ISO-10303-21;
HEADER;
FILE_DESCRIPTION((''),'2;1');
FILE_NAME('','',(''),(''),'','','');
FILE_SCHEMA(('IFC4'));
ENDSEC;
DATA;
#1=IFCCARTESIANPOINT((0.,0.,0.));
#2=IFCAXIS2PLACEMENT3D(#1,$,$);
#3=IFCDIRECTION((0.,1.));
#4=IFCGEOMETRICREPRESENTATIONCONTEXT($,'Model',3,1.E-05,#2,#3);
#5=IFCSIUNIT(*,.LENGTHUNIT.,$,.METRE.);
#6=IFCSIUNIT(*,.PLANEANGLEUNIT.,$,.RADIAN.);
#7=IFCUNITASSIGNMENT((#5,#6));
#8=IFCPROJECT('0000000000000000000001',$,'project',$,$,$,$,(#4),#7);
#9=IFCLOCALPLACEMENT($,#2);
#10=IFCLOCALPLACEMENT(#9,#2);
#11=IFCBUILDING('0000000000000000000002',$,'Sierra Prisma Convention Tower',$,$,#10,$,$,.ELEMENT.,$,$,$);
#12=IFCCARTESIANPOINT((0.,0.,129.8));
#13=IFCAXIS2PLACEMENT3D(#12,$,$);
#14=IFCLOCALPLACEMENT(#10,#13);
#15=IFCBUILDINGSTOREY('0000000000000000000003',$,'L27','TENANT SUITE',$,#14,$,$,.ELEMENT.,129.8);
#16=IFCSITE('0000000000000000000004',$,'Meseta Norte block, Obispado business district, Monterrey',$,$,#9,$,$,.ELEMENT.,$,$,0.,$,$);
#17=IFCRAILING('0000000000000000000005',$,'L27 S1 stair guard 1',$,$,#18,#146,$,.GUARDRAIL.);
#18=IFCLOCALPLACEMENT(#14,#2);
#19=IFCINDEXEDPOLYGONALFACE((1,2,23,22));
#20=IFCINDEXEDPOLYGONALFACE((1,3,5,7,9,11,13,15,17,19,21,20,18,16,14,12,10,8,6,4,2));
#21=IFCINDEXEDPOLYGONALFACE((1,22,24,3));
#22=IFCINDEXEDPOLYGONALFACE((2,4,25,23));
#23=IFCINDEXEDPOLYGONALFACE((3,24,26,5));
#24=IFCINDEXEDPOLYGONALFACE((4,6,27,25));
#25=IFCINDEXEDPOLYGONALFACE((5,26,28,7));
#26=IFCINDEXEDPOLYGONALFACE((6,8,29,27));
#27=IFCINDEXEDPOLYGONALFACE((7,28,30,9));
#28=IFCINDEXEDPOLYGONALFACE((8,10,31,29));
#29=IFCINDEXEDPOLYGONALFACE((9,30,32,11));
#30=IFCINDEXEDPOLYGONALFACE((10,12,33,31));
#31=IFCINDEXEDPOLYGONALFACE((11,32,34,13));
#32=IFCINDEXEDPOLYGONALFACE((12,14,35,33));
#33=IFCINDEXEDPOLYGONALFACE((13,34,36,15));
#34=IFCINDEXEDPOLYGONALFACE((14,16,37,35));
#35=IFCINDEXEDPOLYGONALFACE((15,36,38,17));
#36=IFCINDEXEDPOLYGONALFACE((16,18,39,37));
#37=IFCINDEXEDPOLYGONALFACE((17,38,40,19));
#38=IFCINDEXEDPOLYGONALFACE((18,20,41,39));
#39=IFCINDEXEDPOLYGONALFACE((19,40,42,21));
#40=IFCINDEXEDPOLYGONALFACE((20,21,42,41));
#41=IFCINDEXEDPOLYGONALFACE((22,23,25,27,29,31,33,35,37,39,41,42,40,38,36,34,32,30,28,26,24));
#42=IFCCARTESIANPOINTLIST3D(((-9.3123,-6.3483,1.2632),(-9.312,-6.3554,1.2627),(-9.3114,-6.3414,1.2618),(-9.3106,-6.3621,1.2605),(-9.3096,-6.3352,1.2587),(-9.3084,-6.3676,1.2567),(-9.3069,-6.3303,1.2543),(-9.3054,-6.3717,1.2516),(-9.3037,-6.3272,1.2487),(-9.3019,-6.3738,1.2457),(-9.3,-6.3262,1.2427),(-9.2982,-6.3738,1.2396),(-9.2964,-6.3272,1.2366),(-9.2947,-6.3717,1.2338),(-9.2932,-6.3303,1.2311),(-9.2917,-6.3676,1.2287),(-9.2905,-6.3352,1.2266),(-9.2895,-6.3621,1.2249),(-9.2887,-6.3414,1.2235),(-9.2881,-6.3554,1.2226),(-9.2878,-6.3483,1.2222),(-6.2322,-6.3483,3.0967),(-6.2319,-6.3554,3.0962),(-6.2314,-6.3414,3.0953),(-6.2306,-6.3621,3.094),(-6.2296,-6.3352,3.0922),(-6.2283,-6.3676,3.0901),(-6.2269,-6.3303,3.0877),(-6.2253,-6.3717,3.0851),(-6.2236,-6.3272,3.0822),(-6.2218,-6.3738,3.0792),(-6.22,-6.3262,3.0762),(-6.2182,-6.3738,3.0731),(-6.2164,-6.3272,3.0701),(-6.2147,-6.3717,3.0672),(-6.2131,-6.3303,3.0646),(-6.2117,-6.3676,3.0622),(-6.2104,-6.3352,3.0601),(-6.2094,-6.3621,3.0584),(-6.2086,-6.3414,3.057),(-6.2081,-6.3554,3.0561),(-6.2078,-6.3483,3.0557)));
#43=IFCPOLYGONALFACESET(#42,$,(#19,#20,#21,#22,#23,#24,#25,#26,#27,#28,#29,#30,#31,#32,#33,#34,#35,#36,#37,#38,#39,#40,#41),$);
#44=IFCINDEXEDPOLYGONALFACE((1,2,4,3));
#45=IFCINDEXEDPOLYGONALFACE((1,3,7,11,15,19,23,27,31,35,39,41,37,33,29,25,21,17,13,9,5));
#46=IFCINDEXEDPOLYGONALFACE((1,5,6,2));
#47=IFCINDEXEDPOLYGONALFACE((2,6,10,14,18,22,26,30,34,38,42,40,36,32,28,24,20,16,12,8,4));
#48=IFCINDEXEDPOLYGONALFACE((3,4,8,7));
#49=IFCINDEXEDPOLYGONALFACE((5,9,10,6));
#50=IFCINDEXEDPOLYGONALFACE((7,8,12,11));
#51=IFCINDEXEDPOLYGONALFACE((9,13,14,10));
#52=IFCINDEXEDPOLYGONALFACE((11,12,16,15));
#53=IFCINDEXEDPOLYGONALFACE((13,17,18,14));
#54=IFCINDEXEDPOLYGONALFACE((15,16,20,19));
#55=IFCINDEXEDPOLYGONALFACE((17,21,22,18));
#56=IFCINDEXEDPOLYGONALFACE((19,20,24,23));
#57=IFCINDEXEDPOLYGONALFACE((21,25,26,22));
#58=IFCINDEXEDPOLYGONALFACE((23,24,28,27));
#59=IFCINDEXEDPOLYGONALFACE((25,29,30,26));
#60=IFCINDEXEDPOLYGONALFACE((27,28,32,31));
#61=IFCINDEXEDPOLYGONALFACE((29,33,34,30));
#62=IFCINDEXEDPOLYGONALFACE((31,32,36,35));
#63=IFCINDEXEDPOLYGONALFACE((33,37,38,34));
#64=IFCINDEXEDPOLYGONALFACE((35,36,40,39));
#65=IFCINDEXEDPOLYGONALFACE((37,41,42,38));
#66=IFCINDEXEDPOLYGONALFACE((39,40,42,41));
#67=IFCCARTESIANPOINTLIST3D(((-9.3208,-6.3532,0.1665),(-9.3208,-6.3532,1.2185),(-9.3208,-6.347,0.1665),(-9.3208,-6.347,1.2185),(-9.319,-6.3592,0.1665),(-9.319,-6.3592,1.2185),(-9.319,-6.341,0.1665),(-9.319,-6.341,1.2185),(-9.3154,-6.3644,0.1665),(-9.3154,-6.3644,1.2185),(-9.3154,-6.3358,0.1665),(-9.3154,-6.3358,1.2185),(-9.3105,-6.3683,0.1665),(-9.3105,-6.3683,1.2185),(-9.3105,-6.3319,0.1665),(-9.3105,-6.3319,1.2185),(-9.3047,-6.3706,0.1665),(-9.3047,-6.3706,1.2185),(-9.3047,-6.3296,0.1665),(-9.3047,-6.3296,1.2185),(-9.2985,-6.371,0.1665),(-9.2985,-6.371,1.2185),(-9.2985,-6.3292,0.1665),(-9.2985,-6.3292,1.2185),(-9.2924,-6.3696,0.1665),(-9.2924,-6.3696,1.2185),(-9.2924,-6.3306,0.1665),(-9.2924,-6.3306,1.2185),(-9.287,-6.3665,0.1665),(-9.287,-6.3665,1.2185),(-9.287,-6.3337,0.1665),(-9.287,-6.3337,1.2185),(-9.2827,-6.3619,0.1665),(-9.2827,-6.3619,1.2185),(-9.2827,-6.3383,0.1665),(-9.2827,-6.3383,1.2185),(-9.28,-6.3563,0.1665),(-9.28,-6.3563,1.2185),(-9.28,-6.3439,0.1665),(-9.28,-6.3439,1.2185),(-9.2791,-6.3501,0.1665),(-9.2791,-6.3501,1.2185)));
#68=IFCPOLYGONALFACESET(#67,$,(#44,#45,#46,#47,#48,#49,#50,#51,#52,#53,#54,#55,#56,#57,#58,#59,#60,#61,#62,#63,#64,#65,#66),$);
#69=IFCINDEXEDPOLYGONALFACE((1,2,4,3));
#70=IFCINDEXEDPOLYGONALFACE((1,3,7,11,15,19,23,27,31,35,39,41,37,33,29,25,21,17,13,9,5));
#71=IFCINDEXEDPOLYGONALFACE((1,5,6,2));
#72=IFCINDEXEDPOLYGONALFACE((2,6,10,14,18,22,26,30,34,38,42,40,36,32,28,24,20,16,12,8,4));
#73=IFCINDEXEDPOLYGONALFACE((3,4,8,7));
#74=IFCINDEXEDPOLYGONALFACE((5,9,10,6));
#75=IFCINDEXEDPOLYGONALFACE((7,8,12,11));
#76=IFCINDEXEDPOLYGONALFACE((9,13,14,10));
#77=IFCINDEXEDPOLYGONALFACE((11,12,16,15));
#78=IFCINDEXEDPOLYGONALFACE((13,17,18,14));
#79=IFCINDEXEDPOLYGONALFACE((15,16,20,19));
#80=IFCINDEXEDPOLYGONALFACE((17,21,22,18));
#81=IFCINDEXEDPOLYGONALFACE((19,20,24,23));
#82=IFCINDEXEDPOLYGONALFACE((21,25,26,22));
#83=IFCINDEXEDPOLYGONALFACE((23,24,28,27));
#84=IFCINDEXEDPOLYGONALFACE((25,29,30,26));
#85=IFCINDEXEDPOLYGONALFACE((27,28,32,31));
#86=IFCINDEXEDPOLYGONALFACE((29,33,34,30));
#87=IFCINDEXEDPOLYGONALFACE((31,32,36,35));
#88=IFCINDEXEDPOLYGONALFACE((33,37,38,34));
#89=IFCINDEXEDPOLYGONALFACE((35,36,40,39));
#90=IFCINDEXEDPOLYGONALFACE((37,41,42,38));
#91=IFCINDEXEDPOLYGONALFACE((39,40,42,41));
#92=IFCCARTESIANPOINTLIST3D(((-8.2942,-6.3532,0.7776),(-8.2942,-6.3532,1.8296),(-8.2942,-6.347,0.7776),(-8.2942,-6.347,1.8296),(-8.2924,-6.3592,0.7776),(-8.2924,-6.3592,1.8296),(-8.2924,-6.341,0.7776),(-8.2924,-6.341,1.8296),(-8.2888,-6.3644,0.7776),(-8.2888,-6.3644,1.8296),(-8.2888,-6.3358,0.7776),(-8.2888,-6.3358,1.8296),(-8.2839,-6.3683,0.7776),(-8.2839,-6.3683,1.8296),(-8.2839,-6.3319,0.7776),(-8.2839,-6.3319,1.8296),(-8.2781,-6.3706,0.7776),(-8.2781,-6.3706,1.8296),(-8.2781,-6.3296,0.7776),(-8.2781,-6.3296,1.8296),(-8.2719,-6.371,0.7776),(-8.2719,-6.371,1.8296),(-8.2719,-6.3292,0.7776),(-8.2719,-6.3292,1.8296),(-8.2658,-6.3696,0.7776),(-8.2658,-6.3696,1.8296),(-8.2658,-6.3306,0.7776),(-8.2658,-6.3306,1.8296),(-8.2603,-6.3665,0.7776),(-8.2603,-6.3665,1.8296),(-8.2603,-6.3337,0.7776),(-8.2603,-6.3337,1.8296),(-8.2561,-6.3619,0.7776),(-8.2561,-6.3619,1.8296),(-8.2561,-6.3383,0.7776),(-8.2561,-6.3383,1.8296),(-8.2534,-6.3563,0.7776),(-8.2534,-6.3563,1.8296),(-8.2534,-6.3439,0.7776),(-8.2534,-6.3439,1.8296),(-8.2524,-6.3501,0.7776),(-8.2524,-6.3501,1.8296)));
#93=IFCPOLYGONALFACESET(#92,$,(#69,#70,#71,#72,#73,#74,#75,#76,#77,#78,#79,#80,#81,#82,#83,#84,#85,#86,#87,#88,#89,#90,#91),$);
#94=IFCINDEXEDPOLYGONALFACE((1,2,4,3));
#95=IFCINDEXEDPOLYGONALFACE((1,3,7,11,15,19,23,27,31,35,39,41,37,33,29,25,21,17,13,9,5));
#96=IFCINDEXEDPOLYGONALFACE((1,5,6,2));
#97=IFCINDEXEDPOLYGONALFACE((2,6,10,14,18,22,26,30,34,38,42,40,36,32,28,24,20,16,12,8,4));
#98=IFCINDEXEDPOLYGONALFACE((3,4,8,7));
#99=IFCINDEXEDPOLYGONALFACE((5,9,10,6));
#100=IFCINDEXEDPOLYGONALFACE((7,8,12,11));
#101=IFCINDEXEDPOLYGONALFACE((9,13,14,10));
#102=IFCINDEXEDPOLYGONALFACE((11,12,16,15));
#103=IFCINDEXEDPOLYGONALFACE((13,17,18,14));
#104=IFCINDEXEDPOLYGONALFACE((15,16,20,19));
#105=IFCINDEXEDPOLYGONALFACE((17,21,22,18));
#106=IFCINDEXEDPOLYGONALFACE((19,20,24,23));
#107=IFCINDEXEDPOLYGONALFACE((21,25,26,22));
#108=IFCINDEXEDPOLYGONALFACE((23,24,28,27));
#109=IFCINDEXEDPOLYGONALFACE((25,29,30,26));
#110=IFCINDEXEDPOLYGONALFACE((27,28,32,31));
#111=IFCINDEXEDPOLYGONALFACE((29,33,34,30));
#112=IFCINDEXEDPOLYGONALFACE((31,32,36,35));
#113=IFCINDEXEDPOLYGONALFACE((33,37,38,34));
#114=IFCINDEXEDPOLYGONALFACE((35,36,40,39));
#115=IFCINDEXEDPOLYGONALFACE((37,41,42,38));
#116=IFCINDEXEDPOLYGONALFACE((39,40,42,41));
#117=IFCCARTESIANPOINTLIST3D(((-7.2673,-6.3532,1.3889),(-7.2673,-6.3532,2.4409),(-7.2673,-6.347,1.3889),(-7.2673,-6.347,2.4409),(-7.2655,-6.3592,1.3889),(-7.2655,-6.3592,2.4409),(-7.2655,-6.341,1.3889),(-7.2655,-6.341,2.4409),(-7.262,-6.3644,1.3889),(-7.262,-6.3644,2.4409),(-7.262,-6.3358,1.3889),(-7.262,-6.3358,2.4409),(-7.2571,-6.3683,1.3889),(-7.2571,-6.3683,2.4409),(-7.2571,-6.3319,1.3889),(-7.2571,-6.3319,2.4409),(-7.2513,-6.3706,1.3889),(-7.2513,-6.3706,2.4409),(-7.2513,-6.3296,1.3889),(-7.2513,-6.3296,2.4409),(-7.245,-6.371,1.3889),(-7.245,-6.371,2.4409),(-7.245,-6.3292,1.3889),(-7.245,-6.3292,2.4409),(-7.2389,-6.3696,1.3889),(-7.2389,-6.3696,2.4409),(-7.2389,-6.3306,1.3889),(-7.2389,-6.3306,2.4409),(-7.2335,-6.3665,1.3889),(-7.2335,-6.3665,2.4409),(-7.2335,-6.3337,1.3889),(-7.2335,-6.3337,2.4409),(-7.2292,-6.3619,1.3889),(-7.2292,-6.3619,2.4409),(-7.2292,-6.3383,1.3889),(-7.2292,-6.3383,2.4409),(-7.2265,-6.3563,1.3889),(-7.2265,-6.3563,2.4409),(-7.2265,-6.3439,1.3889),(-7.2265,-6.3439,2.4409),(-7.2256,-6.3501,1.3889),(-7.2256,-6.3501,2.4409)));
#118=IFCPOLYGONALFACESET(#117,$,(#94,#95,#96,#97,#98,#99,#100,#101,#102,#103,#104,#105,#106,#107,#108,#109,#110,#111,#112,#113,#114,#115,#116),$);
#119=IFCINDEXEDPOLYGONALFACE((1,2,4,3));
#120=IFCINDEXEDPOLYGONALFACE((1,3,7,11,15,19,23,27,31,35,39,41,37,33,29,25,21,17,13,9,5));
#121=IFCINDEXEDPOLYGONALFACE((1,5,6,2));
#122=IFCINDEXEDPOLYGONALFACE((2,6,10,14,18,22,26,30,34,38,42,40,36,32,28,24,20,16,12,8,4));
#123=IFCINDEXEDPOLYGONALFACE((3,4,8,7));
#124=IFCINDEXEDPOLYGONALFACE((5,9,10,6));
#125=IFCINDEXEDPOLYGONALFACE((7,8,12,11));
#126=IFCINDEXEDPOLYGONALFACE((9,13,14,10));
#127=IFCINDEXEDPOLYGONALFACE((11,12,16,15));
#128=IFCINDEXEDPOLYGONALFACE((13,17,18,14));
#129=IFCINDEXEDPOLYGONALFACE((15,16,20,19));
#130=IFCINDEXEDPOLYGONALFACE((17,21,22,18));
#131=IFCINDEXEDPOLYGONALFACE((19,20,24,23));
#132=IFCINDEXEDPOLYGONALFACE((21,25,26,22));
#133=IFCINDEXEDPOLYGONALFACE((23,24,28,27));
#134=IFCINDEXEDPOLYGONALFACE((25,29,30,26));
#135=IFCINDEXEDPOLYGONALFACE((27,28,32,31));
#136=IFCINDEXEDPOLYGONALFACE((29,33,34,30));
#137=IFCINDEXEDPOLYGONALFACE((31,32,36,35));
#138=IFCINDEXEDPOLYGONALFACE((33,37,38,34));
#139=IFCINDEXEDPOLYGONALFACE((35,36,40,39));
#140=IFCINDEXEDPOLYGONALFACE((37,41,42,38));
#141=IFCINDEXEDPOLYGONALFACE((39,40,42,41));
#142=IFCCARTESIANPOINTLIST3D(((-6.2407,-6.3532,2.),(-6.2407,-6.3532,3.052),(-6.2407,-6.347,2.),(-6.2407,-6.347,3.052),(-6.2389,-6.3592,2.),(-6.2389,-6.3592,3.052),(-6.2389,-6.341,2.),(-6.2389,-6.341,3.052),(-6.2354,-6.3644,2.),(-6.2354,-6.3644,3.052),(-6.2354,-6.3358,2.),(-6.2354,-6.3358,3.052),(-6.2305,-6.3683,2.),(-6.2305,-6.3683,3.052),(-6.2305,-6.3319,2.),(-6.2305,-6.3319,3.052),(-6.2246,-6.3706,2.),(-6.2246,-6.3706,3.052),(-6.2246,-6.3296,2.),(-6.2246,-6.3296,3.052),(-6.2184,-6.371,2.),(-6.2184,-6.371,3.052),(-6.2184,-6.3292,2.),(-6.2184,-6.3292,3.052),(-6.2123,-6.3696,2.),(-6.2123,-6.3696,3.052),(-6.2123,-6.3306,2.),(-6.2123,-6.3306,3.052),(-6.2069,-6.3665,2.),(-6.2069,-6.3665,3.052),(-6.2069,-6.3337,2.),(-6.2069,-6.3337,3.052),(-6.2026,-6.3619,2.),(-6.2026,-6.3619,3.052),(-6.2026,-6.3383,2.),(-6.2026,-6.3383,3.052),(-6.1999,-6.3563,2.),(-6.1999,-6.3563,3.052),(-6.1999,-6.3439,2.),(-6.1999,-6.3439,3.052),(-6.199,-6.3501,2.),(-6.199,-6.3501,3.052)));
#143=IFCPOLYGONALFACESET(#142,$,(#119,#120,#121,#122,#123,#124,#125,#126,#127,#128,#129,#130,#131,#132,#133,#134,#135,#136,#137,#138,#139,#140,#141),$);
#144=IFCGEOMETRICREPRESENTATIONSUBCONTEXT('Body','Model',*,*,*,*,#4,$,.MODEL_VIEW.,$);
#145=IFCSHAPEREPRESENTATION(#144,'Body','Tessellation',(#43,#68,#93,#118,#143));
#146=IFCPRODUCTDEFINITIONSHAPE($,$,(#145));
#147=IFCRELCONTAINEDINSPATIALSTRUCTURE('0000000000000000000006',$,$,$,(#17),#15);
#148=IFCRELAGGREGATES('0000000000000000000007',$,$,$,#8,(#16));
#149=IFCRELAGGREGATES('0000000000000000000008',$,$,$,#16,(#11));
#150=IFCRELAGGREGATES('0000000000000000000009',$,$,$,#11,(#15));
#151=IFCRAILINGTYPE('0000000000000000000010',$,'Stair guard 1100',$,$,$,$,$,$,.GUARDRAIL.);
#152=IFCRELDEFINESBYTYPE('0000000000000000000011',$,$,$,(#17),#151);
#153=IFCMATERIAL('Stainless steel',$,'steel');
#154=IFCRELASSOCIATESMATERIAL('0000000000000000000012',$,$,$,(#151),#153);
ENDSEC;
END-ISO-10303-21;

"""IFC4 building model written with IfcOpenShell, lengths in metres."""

from ifc_helpers import new_model, si_unit, direction, frame, origin, origin_2d, place, context, subcontext, project, spatial, circle, extrude, material, type_object, element, save


model = new_model("IFC4")

# Units and contexts
model_context = context("Model", 3, precision=1e-05, world=origin(), true_north=direction((0.0, 1.0)))
body_context = subcontext(model_context, "Body", "Model", "MODEL_VIEW")
ifc_project = project(units=[si_unit("LENGTHUNIT", "METRE"), si_unit("PLANEANGLEUNIT", "RADIAN")], contexts=[model_context])

# Site, building, storey
site_placement = place(None, origin())
site = spatial("IfcSite", under=ifc_project, at=site_placement, Name="Meseta Norte block, Obispado business district, Monterrey", CompositionType="ELEMENT", RefElevation=0.0)
building_placement = place(site_placement, origin())
building = spatial("IfcBuilding", under=site, at=building_placement, Name="Sierra Prisma Convention Tower", CompositionType="ELEMENT")
storey_placement = place(building_placement, frame((0.0, 0.0, 129.8)))
storey = spatial("IfcBuildingStorey", under=building, at=storey_placement, Name="L27", Description="TENANT SUITE", CompositionType="ELEMENT", Elevation=129.8)

# Railing
ifc_material_1 = material(Name="Stainless steel", Category="steel")
railing_type_1 = type_object("IfcRailingType", Name="Stair guard 1100", PredefinedType="GUARDRAIL", material=ifc_material_1)
railing_1_placement = place(storey_placement, frame((-9.3, -6.3501, 0.1665)))
element("IfcRailing", 1, at=railing_1_placement, inside=storey, type_object=railing_type_1, Name="L27 S1 stair guard 1", PredefinedType="GUARDRAIL", context=body_context, shape_type="SweptSolid", body=[
    extrude(circle(Radius=0.0239, at=origin_2d()), frame((0.0, 0.0, 1.0762), z_axis=(0.859279, 0.0, 0.511508), x_axis=(0.0, 1.0, 0.0)), (0.0, 0.0, 1.0), 3.5845),
    extrude(circle(Radius=0.021, at=origin_2d()), origin(), (0.0, 0.0, 1.0), 1.052),
    extrude(circle(Radius=0.021, at=origin_2d()), frame((1.0266, 0.0, 0.6111)), (0.0, 0.0, 1.0), 1.052),
    extrude(circle(Radius=0.021, at=origin_2d()), frame((2.0535, 0.0, 1.2224)), (0.0, 0.0, 1.0), 1.052),
    extrude(circle(Radius=0.021, at=origin_2d()), frame((3.0801, 0.0, 1.8335)), (0.0, 0.0, 1.0), 1.052),
])

save(model, "model.ifc")
